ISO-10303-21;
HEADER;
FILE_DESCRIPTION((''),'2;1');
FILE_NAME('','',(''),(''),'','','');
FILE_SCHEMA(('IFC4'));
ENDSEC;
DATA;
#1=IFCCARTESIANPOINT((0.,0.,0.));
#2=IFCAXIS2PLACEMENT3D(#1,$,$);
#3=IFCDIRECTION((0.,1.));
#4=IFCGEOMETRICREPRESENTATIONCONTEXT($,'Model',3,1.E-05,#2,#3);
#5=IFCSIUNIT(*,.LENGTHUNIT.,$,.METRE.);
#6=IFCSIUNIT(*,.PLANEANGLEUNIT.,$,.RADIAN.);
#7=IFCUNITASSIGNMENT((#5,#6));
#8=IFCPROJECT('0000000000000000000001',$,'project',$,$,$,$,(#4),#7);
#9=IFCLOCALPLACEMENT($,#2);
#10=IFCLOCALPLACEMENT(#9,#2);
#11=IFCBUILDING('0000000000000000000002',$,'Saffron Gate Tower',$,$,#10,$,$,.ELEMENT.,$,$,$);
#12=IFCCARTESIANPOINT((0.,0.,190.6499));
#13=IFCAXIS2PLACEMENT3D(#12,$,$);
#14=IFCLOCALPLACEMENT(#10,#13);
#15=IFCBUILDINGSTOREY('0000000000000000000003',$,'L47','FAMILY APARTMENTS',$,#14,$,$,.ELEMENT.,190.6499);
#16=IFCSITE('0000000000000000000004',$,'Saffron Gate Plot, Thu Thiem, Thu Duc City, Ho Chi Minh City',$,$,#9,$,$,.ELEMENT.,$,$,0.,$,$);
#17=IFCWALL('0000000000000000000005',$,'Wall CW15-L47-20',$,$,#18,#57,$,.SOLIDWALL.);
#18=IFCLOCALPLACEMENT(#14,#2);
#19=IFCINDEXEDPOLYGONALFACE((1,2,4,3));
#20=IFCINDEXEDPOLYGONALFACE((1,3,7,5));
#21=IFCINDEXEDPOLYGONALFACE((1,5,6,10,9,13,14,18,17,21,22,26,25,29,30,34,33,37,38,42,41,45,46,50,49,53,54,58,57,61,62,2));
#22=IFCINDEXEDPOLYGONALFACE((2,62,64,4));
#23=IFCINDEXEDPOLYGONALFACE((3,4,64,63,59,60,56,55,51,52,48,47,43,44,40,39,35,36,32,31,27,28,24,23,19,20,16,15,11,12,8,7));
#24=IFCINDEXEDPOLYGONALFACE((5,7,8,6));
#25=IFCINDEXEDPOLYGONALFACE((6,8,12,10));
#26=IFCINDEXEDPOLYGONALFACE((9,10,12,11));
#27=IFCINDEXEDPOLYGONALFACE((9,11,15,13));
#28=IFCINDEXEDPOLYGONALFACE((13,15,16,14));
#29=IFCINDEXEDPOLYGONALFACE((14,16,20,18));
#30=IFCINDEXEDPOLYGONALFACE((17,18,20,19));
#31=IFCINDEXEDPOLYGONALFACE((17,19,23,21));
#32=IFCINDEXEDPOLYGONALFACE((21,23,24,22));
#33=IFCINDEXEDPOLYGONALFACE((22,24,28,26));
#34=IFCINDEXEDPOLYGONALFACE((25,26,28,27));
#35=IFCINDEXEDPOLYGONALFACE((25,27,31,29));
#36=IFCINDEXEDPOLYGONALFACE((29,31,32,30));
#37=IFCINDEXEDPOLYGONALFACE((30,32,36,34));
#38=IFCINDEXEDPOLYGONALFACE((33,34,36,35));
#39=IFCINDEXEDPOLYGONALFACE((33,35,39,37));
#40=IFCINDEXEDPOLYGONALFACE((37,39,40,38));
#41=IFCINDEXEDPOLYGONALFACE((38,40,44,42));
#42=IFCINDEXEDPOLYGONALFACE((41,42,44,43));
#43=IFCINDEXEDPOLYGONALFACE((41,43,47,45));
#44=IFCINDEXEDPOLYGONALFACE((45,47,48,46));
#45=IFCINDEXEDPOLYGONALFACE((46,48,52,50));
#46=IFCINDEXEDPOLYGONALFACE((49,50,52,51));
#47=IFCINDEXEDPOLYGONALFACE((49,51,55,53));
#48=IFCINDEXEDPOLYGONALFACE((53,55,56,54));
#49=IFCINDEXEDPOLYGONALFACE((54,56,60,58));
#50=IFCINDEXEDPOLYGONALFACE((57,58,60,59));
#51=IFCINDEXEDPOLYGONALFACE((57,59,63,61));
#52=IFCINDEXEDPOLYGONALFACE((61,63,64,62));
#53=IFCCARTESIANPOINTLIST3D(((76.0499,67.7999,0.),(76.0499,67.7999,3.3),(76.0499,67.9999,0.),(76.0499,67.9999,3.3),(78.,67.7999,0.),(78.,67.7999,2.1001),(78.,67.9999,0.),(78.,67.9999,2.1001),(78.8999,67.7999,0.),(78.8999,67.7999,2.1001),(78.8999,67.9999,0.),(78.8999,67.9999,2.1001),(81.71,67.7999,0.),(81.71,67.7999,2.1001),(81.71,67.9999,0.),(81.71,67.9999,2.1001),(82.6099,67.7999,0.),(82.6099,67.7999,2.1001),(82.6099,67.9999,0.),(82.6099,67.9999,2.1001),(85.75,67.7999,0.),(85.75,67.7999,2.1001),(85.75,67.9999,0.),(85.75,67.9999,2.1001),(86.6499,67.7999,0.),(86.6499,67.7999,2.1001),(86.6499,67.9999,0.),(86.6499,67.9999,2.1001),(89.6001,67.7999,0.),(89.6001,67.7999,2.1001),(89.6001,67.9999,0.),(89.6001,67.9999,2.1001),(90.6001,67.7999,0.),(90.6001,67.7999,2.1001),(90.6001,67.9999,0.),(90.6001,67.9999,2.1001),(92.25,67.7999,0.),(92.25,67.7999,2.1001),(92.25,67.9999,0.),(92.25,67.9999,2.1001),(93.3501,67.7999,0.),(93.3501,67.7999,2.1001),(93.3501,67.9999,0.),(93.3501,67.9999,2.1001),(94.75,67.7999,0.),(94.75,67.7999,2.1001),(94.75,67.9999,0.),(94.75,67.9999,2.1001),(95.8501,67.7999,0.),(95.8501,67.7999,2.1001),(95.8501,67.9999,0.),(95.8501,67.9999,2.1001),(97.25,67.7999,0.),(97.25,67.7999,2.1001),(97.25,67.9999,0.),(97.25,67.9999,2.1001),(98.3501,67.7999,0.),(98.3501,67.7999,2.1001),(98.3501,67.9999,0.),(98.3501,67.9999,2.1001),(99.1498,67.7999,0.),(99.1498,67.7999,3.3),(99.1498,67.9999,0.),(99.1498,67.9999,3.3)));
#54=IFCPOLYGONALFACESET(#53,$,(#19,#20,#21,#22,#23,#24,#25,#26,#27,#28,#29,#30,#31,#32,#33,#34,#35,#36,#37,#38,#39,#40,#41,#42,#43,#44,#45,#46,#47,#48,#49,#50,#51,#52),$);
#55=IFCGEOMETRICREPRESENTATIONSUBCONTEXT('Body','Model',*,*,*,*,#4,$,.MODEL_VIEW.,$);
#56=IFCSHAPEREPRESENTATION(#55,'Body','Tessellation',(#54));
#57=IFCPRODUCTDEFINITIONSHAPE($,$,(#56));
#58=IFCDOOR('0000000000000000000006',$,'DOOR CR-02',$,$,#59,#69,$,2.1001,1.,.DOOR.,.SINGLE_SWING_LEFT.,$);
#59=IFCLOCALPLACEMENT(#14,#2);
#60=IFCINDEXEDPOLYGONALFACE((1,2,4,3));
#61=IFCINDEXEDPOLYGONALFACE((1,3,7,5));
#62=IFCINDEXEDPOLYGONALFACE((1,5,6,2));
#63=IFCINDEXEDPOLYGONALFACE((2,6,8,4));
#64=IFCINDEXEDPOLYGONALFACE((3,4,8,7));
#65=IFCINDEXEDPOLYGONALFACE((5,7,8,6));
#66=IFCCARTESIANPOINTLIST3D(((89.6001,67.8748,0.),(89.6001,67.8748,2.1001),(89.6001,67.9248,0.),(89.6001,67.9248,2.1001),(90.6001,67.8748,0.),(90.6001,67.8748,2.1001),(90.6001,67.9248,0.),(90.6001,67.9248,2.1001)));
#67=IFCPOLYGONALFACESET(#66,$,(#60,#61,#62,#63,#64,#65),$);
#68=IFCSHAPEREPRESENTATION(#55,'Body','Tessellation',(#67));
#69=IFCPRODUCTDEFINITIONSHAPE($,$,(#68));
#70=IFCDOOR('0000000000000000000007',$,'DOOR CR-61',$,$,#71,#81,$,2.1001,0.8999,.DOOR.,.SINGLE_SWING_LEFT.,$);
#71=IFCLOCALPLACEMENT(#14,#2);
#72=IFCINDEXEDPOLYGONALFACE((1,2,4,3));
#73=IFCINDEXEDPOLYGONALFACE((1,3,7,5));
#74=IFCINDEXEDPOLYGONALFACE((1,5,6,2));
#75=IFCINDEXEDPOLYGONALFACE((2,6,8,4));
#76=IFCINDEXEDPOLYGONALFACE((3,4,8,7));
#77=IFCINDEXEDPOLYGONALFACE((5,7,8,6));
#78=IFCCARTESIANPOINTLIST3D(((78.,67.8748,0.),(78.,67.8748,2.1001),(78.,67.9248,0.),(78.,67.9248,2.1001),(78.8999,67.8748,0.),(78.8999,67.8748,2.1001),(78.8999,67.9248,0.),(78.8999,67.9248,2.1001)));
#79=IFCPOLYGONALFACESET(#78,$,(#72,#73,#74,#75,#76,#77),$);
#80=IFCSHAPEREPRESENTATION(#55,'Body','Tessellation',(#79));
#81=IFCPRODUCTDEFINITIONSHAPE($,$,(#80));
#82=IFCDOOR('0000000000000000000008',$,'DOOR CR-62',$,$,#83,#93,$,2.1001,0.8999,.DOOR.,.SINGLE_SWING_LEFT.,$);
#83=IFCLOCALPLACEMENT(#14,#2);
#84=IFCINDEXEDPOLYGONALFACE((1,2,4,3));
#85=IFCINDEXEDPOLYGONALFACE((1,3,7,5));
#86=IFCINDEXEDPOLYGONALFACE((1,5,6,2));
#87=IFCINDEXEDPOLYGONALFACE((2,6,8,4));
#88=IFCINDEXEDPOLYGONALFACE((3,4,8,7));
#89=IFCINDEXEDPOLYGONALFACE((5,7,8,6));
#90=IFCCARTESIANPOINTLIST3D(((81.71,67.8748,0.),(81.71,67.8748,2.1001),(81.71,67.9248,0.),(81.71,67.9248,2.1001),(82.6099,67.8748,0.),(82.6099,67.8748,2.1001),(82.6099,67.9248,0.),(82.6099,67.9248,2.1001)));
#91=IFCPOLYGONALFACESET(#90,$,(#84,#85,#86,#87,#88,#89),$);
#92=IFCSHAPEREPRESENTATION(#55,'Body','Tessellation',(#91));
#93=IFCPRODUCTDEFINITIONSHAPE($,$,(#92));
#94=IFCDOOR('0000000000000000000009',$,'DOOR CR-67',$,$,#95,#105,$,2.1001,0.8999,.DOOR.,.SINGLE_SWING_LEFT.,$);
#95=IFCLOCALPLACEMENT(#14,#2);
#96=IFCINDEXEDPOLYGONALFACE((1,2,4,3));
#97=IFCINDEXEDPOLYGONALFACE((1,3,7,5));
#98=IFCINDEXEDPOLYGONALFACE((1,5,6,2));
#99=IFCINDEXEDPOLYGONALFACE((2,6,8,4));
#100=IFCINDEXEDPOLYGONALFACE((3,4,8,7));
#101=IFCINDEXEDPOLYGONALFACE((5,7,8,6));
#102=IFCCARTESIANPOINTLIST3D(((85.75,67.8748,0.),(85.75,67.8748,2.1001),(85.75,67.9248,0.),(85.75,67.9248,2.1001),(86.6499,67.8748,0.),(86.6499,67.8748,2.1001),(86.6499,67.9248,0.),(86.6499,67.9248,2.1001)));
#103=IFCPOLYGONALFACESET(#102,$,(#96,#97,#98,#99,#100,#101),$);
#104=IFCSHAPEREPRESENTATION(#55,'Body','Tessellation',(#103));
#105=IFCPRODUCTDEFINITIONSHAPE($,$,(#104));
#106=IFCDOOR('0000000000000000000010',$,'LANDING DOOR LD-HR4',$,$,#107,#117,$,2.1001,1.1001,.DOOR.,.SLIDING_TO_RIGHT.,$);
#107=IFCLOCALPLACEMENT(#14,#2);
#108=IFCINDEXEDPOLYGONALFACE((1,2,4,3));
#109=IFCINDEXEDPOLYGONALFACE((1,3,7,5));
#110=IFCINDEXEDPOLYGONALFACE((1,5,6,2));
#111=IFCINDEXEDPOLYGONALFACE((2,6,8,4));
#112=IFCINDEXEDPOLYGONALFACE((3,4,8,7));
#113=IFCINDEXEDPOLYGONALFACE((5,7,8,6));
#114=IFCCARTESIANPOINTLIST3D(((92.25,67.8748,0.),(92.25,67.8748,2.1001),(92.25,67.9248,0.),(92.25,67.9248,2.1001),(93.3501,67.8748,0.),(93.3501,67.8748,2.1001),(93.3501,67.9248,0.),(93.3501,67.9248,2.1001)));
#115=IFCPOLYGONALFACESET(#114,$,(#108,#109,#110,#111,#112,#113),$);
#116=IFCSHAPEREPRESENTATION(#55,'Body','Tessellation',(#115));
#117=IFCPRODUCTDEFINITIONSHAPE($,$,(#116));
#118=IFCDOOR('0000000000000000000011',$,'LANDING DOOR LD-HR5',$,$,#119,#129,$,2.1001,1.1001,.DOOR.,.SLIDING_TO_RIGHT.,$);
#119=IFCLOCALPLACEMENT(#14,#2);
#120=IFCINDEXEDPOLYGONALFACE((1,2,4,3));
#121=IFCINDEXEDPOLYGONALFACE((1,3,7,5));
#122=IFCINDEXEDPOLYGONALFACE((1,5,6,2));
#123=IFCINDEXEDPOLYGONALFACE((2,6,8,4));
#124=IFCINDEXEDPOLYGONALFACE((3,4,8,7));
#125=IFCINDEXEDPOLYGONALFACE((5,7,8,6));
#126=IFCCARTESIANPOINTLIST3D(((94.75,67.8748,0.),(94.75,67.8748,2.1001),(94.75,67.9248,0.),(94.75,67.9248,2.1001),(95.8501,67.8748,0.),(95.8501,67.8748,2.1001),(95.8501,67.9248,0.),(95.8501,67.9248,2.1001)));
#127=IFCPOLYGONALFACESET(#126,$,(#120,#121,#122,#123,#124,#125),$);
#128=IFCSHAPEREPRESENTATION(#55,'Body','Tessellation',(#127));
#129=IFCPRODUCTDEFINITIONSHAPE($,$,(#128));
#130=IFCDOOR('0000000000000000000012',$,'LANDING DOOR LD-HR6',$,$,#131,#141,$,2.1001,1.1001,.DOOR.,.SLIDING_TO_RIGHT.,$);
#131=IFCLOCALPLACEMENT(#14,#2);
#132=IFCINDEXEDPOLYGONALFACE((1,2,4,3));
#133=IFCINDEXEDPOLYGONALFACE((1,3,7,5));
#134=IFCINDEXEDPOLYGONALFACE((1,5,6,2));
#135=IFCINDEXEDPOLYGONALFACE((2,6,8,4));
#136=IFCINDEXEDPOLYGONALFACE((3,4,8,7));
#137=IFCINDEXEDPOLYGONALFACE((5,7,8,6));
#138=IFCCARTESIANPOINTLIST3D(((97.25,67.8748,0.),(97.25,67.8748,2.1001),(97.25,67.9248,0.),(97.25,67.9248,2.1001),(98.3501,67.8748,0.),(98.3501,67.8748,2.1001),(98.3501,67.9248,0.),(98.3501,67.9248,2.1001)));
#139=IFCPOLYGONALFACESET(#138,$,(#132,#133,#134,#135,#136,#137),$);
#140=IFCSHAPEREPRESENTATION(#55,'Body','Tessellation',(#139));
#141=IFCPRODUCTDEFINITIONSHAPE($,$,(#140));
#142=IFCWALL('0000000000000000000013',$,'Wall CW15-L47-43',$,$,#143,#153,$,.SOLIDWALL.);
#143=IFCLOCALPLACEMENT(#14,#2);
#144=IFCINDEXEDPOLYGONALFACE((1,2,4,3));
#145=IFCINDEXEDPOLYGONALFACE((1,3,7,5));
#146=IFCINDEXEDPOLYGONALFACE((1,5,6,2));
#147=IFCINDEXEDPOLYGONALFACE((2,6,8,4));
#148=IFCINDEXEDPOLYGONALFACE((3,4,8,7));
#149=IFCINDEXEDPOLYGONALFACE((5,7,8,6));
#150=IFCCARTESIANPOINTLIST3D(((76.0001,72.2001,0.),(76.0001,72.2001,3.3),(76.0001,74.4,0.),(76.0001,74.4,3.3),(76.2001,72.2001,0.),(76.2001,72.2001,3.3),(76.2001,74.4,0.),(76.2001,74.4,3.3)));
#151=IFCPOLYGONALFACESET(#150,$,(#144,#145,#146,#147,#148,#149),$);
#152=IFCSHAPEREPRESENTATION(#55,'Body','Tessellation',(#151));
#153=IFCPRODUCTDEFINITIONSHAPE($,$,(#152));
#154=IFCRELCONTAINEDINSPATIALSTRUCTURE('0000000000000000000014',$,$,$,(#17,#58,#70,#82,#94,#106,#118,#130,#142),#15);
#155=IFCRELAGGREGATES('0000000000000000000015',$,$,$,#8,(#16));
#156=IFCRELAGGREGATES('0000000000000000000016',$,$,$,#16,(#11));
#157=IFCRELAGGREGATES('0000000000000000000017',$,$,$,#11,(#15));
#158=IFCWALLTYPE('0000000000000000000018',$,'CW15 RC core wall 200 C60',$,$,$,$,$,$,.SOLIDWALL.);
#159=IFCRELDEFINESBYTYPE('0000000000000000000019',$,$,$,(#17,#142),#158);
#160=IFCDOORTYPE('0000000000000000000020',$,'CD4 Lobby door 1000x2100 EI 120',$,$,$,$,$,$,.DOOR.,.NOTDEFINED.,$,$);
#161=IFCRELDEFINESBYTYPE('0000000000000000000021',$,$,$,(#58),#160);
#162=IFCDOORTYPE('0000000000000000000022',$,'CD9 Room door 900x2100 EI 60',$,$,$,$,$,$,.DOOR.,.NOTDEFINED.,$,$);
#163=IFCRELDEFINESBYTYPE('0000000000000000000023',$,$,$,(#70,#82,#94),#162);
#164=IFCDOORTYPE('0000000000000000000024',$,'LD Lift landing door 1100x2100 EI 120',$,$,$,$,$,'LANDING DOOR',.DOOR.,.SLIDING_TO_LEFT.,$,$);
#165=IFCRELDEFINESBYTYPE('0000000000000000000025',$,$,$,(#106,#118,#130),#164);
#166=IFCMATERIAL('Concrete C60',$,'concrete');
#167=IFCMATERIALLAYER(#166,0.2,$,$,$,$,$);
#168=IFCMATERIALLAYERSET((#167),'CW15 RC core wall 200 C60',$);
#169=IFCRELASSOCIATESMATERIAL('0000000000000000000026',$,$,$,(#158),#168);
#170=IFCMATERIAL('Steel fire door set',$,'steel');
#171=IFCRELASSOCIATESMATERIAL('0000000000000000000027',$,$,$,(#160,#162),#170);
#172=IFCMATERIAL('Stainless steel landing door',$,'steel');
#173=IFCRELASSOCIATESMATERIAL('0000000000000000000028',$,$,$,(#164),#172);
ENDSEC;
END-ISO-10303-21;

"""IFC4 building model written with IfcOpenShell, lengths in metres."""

from ifc_helpers import new_model, si_unit, direction, frame, frame_2d, origin, place, context, subcontext, project, spatial, rectangle, extrude, material, layer, layer_set, type_object, element, fill, save


model = new_model("IFC4")

# Units and contexts
model_context = context("Model", 3, precision=1e-05, world=origin(), true_north=direction((0.0, 1.0)))
body_context = subcontext(model_context, "Body", "Model", "MODEL_VIEW")
ifc_project = project(units=[si_unit("LENGTHUNIT", "METRE"), si_unit("PLANEANGLEUNIT", "RADIAN")], contexts=[model_context])

# Site, building, storey
site_placement = place(None, origin())
site = spatial("IfcSite", under=ifc_project, at=site_placement, Name="Saffron Gate Plot, Thu Thiem, Thu Duc City, Ho Chi Minh City", CompositionType="ELEMENT", RefElevation=0.0)
building_placement = place(site_placement, origin())
building = spatial("IfcBuilding", under=site, at=building_placement, Name="Saffron Gate Tower", CompositionType="ELEMENT")
storey_placement = place(building_placement, frame((0.0, 0.0, 190.6499)))
storey = spatial("IfcBuildingStorey", under=building, at=storey_placement, Name="L47", Description="FAMILY APARTMENTS", CompositionType="ELEMENT", Elevation=190.6499)

# Shared definitions
ifc_material_1 = material(Name="Concrete C60", Category="concrete")

# Shared definitions
ifc_material_2 = material(Name="Steel fire door set", Category="steel")

# Wall, openings, doors
ifc_layer_1 = layer(ifc_material_1, 0.2)
ifc_layer_set_1 = layer_set([ifc_layer_1], Name="CW15 RC core wall 200 C60")
wall_type_1 = type_object("IfcWallType", Name="CW15 RC core wall 200 C60", PredefinedType="SOLIDWALL", material=ifc_layer_set_1)
wall_1_placement = place(storey_placement, frame((76.05, 67.8999, 0.0), z_axis=(0.0, 0.0, 1.0), x_axis=(1.0, 0.0, 0.0)))
wall_1 = element("IfcWall", 1, at=wall_1_placement, inside=storey, type_object=wall_type_1, Name="Wall CW15-L47-20", PredefinedType="SOLIDWALL", context=body_context, shape_type="SweptSolid", body=[
    extrude(rectangle(XDim=23.0999, YDim=0.2, at=frame_2d((11.5498, 0.0))), origin(), (0.0, 0.0, 1.0), 3.3),
])
opening_1_placement = place(wall_1_placement, frame((1.95, 0.0, 0.0)))
opening_1 = element("IfcOpeningElement", 2, at=opening_1_placement, cuts=wall_1, PredefinedType="OPENING", context=body_context, shape_type="SweptSolid", body=[
    extrude(rectangle(XDim=0.8999, YDim=2.1001, at=frame_2d((0.45, 1.05))), frame((0.0, 0.1099, 0.0), z_axis=(0.0, -1.0, 0.0), x_axis=(1.0, 0.0, 0.0)), (0.0, 0.0, 1.0), 0.22),
])
opening_2_placement = place(wall_1_placement, frame((5.6599, 0.0, 0.0)))
opening_2 = element("IfcOpeningElement", 3, at=opening_2_placement, cuts=wall_1, PredefinedType="OPENING", context=body_context, shape_type="SweptSolid", body=[
    extrude(rectangle(XDim=0.8999, YDim=2.1001, at=frame_2d((0.45, 1.05))), frame((0.0, 0.1099, 0.0), z_axis=(0.0, -1.0, 0.0), x_axis=(1.0, 0.0, 0.0)), (0.0, 0.0, 1.0), 0.22),
])
opening_3_placement = place(wall_1_placement, frame((9.7, 0.0, 0.0)))
opening_3 = element("IfcOpeningElement", 4, at=opening_3_placement, cuts=wall_1, PredefinedType="OPENING", context=body_context, shape_type="SweptSolid", body=[
    extrude(rectangle(XDim=0.8999, YDim=2.1001, at=frame_2d((0.45, 1.05))), frame((0.0, 0.1099, 0.0), z_axis=(0.0, -1.0, 0.0), x_axis=(1.0, 0.0, 0.0)), (0.0, 0.0, 1.0), 0.22),
])
opening_4_placement = place(wall_1_placement, frame((13.55, 0.0, 0.0)))
opening_4 = element("IfcOpeningElement", 5, at=opening_4_placement, cuts=wall_1, PredefinedType="OPENING", context=body_context, shape_type="SweptSolid", body=[
    extrude(rectangle(XDim=1.0, YDim=2.1001, at=frame_2d((0.5, 1.05))), frame((0.0, 0.1099, 0.0), z_axis=(0.0, -1.0, 0.0), x_axis=(1.0, 0.0, 0.0)), (0.0, 0.0, 1.0), 0.22),
])
opening_5_placement = place(wall_1_placement, frame((16.2, 0.0, 0.0)))
opening_5 = element("IfcOpeningElement", 6, at=opening_5_placement, cuts=wall_1, PredefinedType="OPENING", context=body_context, shape_type="SweptSolid", body=[
    extrude(rectangle(XDim=1.1001, YDim=2.1001, at=frame_2d((0.55, 1.05))), frame((0.0, 0.1099, 0.0), z_axis=(0.0, -1.0, 0.0), x_axis=(1.0, 0.0, 0.0)), (0.0, 0.0, 1.0), 0.22),
])
opening_6_placement = place(wall_1_placement, frame((18.7, 0.0, 0.0)))
opening_6 = element("IfcOpeningElement", 7, at=opening_6_placement, cuts=wall_1, PredefinedType="OPENING", context=body_context, shape_type="SweptSolid", body=[
    extrude(rectangle(XDim=1.1001, YDim=2.1001, at=frame_2d((0.55, 1.05))), frame((0.0, 0.1099, 0.0), z_axis=(0.0, -1.0, 0.0), x_axis=(1.0, 0.0, 0.0)), (0.0, 0.0, 1.0), 0.22),
])
opening_7_placement = place(wall_1_placement, frame((21.2, 0.0, 0.0)))
opening_7 = element("IfcOpeningElement", 8, at=opening_7_placement, cuts=wall_1, PredefinedType="OPENING", context=body_context, shape_type="SweptSolid", body=[
    extrude(rectangle(XDim=1.1001, YDim=2.1001, at=frame_2d((0.55, 1.05))), frame((0.0, 0.1099, 0.0), z_axis=(0.0, -1.0, 0.0), x_axis=(1.0, 0.0, 0.0)), (0.0, 0.0, 1.0), 0.22),
])
door_type_1 = type_object("IfcDoorType", Name="CD4 Lobby door 1000x2100 EI 120", OperationType="NOTDEFINED", PredefinedType="DOOR", material=ifc_material_2)
door_1_placement = place(opening_4_placement, origin())
door_1 = element("IfcDoor", 9, at=door_1_placement, inside=storey, type_object=door_type_1, Name="DOOR CR-02", OperationType="SINGLE_SWING_LEFT", OverallHeight=2.1001, OverallWidth=1.0, PredefinedType="DOOR", context=body_context, shape_type="SweptSolid", body=[
    extrude(rectangle(XDim=1.0, YDim=2.1001, at=frame_2d((0.5, 1.05))), frame((0.0, 0.0249, 0.0), z_axis=(0.0, -1.0, 0.0), x_axis=(1.0, 0.0, 0.0)), (0.0, 0.0, 1.0), 0.05),
])
fill(opening_4, door_1)
door_type_2 = type_object("IfcDoorType", Name="CD9 Room door 900x2100 EI 60", OperationType="NOTDEFINED", PredefinedType="DOOR", material=ifc_material_2)
door_2_placement = place(opening_1_placement, origin())
door_2 = element("IfcDoor", 10, at=door_2_placement, inside=storey, type_object=door_type_2, Name="DOOR CR-61", OperationType="SINGLE_SWING_LEFT", OverallHeight=2.1001, OverallWidth=0.8999, PredefinedType="DOOR", context=body_context, shape_type="SweptSolid", body=[
    extrude(rectangle(XDim=0.8999, YDim=2.1001, at=frame_2d((0.45, 1.05))), frame((0.0, 0.0249, 0.0), z_axis=(0.0, -1.0, 0.0), x_axis=(1.0, 0.0, 0.0)), (0.0, 0.0, 1.0), 0.05),
])
fill(opening_1, door_2)
door_3_placement = place(opening_2_placement, origin())
door_3 = element("IfcDoor", 11, at=door_3_placement, inside=storey, type_object=door_type_2, Name="DOOR CR-62", OperationType="SINGLE_SWING_LEFT", OverallHeight=2.1001, OverallWidth=0.8999, PredefinedType="DOOR", context=body_context, shape_type="SweptSolid", body=[
    extrude(rectangle(XDim=0.8999, YDim=2.1001, at=frame_2d((0.45, 1.05))), frame((0.0, 0.0249, 0.0), z_axis=(0.0, -1.0, 0.0), x_axis=(1.0, 0.0, 0.0)), (0.0, 0.0, 1.0), 0.05),
])
fill(opening_2, door_3)
door_4_placement = place(opening_3_placement, origin())
door_4 = element("IfcDoor", 12, at=door_4_placement, inside=storey, type_object=door_type_2, Name="DOOR CR-67", OperationType="SINGLE_SWING_LEFT", OverallHeight=2.1001, OverallWidth=0.8999, PredefinedType="DOOR", context=body_context, shape_type="SweptSolid", body=[
    extrude(rectangle(XDim=0.8999, YDim=2.1001, at=frame_2d((0.45, 1.05))), frame((0.0, 0.0249, 0.0), z_axis=(0.0, -1.0, 0.0), x_axis=(1.0, 0.0, 0.0)), (0.0, 0.0, 1.0), 0.05),
])
fill(opening_3, door_4)
ifc_material_3 = material(Name="Stainless steel landing door", Category="steel")
door_type_3 = type_object("IfcDoorType", Name="LD Lift landing door 1100x2100 EI 120", ElementType="LANDING DOOR", OperationType="SLIDING_TO_LEFT", PredefinedType="DOOR", material=ifc_material_3)
door_5_placement = place(opening_5_placement, origin())
door_5 = element("IfcDoor", 13, at=door_5_placement, inside=storey, type_object=door_type_3, Name="LANDING DOOR LD-HR4", OperationType="SLIDING_TO_RIGHT", OverallHeight=2.1001, OverallWidth=1.1001, PredefinedType="DOOR", context=body_context, shape_type="SweptSolid", body=[
    extrude(rectangle(XDim=1.1001, YDim=2.1001, at=frame_2d((0.55, 1.05))), frame((0.0, 0.0249, 0.0), z_axis=(0.0, -1.0, 0.0), x_axis=(1.0, 0.0, 0.0)), (0.0, 0.0, 1.0), 0.05),
])
fill(opening_5, door_5)
door_6_placement = place(opening_6_placement, origin())
door_6 = element("IfcDoor", 14, at=door_6_placement, inside=storey, type_object=door_type_3, Name="LANDING DOOR LD-HR5", OperationType="SLIDING_TO_RIGHT", OverallHeight=2.1001, OverallWidth=1.1001, PredefinedType="DOOR", context=body_context, shape_type="SweptSolid", body=[
    extrude(rectangle(XDim=1.1001, YDim=2.1001, at=frame_2d((0.55, 1.05))), frame((0.0, 0.0249, 0.0), z_axis=(0.0, -1.0, 0.0), x_axis=(1.0, 0.0, 0.0)), (0.0, 0.0, 1.0), 0.05),
])
fill(opening_6, door_6)
door_7_placement = place(opening_7_placement, origin())
door_7 = element("IfcDoor", 15, at=door_7_placement, inside=storey, type_object=door_type_3, Name="LANDING DOOR LD-HR6", OperationType="SLIDING_TO_RIGHT", OverallHeight=2.1001, OverallWidth=1.1001, PredefinedType="DOOR", context=body_context, shape_type="SweptSolid", body=[
    extrude(rectangle(XDim=1.1001, YDim=2.1001, at=frame_2d((0.55, 1.05))), frame((0.0, 0.0249, 0.0), z_axis=(0.0, -1.0, 0.0), x_axis=(1.0, 0.0, 0.0)), (0.0, 0.0, 1.0), 0.05),
])
fill(opening_7, door_7)

# Wall
wall_2_placement = place(storey_placement, frame((76.1001, 72.2, 0.0), z_axis=(0.0, 0.0, 1.0), x_axis=(0.0, 1.0, 0.0)))
element("IfcWall", 16, at=wall_2_placement, inside=storey, type_object=wall_type_1, Name="Wall CW15-L47-43", PredefinedType="SOLIDWALL", context=body_context, shape_type="SweptSolid", body=[
    extrude(rectangle(XDim=2.2, YDim=0.2, at=frame_2d((1.1001, 0.0))), origin(), (0.0, 0.0, 1.0), 3.3),
])

save(model, "model.ifc")
